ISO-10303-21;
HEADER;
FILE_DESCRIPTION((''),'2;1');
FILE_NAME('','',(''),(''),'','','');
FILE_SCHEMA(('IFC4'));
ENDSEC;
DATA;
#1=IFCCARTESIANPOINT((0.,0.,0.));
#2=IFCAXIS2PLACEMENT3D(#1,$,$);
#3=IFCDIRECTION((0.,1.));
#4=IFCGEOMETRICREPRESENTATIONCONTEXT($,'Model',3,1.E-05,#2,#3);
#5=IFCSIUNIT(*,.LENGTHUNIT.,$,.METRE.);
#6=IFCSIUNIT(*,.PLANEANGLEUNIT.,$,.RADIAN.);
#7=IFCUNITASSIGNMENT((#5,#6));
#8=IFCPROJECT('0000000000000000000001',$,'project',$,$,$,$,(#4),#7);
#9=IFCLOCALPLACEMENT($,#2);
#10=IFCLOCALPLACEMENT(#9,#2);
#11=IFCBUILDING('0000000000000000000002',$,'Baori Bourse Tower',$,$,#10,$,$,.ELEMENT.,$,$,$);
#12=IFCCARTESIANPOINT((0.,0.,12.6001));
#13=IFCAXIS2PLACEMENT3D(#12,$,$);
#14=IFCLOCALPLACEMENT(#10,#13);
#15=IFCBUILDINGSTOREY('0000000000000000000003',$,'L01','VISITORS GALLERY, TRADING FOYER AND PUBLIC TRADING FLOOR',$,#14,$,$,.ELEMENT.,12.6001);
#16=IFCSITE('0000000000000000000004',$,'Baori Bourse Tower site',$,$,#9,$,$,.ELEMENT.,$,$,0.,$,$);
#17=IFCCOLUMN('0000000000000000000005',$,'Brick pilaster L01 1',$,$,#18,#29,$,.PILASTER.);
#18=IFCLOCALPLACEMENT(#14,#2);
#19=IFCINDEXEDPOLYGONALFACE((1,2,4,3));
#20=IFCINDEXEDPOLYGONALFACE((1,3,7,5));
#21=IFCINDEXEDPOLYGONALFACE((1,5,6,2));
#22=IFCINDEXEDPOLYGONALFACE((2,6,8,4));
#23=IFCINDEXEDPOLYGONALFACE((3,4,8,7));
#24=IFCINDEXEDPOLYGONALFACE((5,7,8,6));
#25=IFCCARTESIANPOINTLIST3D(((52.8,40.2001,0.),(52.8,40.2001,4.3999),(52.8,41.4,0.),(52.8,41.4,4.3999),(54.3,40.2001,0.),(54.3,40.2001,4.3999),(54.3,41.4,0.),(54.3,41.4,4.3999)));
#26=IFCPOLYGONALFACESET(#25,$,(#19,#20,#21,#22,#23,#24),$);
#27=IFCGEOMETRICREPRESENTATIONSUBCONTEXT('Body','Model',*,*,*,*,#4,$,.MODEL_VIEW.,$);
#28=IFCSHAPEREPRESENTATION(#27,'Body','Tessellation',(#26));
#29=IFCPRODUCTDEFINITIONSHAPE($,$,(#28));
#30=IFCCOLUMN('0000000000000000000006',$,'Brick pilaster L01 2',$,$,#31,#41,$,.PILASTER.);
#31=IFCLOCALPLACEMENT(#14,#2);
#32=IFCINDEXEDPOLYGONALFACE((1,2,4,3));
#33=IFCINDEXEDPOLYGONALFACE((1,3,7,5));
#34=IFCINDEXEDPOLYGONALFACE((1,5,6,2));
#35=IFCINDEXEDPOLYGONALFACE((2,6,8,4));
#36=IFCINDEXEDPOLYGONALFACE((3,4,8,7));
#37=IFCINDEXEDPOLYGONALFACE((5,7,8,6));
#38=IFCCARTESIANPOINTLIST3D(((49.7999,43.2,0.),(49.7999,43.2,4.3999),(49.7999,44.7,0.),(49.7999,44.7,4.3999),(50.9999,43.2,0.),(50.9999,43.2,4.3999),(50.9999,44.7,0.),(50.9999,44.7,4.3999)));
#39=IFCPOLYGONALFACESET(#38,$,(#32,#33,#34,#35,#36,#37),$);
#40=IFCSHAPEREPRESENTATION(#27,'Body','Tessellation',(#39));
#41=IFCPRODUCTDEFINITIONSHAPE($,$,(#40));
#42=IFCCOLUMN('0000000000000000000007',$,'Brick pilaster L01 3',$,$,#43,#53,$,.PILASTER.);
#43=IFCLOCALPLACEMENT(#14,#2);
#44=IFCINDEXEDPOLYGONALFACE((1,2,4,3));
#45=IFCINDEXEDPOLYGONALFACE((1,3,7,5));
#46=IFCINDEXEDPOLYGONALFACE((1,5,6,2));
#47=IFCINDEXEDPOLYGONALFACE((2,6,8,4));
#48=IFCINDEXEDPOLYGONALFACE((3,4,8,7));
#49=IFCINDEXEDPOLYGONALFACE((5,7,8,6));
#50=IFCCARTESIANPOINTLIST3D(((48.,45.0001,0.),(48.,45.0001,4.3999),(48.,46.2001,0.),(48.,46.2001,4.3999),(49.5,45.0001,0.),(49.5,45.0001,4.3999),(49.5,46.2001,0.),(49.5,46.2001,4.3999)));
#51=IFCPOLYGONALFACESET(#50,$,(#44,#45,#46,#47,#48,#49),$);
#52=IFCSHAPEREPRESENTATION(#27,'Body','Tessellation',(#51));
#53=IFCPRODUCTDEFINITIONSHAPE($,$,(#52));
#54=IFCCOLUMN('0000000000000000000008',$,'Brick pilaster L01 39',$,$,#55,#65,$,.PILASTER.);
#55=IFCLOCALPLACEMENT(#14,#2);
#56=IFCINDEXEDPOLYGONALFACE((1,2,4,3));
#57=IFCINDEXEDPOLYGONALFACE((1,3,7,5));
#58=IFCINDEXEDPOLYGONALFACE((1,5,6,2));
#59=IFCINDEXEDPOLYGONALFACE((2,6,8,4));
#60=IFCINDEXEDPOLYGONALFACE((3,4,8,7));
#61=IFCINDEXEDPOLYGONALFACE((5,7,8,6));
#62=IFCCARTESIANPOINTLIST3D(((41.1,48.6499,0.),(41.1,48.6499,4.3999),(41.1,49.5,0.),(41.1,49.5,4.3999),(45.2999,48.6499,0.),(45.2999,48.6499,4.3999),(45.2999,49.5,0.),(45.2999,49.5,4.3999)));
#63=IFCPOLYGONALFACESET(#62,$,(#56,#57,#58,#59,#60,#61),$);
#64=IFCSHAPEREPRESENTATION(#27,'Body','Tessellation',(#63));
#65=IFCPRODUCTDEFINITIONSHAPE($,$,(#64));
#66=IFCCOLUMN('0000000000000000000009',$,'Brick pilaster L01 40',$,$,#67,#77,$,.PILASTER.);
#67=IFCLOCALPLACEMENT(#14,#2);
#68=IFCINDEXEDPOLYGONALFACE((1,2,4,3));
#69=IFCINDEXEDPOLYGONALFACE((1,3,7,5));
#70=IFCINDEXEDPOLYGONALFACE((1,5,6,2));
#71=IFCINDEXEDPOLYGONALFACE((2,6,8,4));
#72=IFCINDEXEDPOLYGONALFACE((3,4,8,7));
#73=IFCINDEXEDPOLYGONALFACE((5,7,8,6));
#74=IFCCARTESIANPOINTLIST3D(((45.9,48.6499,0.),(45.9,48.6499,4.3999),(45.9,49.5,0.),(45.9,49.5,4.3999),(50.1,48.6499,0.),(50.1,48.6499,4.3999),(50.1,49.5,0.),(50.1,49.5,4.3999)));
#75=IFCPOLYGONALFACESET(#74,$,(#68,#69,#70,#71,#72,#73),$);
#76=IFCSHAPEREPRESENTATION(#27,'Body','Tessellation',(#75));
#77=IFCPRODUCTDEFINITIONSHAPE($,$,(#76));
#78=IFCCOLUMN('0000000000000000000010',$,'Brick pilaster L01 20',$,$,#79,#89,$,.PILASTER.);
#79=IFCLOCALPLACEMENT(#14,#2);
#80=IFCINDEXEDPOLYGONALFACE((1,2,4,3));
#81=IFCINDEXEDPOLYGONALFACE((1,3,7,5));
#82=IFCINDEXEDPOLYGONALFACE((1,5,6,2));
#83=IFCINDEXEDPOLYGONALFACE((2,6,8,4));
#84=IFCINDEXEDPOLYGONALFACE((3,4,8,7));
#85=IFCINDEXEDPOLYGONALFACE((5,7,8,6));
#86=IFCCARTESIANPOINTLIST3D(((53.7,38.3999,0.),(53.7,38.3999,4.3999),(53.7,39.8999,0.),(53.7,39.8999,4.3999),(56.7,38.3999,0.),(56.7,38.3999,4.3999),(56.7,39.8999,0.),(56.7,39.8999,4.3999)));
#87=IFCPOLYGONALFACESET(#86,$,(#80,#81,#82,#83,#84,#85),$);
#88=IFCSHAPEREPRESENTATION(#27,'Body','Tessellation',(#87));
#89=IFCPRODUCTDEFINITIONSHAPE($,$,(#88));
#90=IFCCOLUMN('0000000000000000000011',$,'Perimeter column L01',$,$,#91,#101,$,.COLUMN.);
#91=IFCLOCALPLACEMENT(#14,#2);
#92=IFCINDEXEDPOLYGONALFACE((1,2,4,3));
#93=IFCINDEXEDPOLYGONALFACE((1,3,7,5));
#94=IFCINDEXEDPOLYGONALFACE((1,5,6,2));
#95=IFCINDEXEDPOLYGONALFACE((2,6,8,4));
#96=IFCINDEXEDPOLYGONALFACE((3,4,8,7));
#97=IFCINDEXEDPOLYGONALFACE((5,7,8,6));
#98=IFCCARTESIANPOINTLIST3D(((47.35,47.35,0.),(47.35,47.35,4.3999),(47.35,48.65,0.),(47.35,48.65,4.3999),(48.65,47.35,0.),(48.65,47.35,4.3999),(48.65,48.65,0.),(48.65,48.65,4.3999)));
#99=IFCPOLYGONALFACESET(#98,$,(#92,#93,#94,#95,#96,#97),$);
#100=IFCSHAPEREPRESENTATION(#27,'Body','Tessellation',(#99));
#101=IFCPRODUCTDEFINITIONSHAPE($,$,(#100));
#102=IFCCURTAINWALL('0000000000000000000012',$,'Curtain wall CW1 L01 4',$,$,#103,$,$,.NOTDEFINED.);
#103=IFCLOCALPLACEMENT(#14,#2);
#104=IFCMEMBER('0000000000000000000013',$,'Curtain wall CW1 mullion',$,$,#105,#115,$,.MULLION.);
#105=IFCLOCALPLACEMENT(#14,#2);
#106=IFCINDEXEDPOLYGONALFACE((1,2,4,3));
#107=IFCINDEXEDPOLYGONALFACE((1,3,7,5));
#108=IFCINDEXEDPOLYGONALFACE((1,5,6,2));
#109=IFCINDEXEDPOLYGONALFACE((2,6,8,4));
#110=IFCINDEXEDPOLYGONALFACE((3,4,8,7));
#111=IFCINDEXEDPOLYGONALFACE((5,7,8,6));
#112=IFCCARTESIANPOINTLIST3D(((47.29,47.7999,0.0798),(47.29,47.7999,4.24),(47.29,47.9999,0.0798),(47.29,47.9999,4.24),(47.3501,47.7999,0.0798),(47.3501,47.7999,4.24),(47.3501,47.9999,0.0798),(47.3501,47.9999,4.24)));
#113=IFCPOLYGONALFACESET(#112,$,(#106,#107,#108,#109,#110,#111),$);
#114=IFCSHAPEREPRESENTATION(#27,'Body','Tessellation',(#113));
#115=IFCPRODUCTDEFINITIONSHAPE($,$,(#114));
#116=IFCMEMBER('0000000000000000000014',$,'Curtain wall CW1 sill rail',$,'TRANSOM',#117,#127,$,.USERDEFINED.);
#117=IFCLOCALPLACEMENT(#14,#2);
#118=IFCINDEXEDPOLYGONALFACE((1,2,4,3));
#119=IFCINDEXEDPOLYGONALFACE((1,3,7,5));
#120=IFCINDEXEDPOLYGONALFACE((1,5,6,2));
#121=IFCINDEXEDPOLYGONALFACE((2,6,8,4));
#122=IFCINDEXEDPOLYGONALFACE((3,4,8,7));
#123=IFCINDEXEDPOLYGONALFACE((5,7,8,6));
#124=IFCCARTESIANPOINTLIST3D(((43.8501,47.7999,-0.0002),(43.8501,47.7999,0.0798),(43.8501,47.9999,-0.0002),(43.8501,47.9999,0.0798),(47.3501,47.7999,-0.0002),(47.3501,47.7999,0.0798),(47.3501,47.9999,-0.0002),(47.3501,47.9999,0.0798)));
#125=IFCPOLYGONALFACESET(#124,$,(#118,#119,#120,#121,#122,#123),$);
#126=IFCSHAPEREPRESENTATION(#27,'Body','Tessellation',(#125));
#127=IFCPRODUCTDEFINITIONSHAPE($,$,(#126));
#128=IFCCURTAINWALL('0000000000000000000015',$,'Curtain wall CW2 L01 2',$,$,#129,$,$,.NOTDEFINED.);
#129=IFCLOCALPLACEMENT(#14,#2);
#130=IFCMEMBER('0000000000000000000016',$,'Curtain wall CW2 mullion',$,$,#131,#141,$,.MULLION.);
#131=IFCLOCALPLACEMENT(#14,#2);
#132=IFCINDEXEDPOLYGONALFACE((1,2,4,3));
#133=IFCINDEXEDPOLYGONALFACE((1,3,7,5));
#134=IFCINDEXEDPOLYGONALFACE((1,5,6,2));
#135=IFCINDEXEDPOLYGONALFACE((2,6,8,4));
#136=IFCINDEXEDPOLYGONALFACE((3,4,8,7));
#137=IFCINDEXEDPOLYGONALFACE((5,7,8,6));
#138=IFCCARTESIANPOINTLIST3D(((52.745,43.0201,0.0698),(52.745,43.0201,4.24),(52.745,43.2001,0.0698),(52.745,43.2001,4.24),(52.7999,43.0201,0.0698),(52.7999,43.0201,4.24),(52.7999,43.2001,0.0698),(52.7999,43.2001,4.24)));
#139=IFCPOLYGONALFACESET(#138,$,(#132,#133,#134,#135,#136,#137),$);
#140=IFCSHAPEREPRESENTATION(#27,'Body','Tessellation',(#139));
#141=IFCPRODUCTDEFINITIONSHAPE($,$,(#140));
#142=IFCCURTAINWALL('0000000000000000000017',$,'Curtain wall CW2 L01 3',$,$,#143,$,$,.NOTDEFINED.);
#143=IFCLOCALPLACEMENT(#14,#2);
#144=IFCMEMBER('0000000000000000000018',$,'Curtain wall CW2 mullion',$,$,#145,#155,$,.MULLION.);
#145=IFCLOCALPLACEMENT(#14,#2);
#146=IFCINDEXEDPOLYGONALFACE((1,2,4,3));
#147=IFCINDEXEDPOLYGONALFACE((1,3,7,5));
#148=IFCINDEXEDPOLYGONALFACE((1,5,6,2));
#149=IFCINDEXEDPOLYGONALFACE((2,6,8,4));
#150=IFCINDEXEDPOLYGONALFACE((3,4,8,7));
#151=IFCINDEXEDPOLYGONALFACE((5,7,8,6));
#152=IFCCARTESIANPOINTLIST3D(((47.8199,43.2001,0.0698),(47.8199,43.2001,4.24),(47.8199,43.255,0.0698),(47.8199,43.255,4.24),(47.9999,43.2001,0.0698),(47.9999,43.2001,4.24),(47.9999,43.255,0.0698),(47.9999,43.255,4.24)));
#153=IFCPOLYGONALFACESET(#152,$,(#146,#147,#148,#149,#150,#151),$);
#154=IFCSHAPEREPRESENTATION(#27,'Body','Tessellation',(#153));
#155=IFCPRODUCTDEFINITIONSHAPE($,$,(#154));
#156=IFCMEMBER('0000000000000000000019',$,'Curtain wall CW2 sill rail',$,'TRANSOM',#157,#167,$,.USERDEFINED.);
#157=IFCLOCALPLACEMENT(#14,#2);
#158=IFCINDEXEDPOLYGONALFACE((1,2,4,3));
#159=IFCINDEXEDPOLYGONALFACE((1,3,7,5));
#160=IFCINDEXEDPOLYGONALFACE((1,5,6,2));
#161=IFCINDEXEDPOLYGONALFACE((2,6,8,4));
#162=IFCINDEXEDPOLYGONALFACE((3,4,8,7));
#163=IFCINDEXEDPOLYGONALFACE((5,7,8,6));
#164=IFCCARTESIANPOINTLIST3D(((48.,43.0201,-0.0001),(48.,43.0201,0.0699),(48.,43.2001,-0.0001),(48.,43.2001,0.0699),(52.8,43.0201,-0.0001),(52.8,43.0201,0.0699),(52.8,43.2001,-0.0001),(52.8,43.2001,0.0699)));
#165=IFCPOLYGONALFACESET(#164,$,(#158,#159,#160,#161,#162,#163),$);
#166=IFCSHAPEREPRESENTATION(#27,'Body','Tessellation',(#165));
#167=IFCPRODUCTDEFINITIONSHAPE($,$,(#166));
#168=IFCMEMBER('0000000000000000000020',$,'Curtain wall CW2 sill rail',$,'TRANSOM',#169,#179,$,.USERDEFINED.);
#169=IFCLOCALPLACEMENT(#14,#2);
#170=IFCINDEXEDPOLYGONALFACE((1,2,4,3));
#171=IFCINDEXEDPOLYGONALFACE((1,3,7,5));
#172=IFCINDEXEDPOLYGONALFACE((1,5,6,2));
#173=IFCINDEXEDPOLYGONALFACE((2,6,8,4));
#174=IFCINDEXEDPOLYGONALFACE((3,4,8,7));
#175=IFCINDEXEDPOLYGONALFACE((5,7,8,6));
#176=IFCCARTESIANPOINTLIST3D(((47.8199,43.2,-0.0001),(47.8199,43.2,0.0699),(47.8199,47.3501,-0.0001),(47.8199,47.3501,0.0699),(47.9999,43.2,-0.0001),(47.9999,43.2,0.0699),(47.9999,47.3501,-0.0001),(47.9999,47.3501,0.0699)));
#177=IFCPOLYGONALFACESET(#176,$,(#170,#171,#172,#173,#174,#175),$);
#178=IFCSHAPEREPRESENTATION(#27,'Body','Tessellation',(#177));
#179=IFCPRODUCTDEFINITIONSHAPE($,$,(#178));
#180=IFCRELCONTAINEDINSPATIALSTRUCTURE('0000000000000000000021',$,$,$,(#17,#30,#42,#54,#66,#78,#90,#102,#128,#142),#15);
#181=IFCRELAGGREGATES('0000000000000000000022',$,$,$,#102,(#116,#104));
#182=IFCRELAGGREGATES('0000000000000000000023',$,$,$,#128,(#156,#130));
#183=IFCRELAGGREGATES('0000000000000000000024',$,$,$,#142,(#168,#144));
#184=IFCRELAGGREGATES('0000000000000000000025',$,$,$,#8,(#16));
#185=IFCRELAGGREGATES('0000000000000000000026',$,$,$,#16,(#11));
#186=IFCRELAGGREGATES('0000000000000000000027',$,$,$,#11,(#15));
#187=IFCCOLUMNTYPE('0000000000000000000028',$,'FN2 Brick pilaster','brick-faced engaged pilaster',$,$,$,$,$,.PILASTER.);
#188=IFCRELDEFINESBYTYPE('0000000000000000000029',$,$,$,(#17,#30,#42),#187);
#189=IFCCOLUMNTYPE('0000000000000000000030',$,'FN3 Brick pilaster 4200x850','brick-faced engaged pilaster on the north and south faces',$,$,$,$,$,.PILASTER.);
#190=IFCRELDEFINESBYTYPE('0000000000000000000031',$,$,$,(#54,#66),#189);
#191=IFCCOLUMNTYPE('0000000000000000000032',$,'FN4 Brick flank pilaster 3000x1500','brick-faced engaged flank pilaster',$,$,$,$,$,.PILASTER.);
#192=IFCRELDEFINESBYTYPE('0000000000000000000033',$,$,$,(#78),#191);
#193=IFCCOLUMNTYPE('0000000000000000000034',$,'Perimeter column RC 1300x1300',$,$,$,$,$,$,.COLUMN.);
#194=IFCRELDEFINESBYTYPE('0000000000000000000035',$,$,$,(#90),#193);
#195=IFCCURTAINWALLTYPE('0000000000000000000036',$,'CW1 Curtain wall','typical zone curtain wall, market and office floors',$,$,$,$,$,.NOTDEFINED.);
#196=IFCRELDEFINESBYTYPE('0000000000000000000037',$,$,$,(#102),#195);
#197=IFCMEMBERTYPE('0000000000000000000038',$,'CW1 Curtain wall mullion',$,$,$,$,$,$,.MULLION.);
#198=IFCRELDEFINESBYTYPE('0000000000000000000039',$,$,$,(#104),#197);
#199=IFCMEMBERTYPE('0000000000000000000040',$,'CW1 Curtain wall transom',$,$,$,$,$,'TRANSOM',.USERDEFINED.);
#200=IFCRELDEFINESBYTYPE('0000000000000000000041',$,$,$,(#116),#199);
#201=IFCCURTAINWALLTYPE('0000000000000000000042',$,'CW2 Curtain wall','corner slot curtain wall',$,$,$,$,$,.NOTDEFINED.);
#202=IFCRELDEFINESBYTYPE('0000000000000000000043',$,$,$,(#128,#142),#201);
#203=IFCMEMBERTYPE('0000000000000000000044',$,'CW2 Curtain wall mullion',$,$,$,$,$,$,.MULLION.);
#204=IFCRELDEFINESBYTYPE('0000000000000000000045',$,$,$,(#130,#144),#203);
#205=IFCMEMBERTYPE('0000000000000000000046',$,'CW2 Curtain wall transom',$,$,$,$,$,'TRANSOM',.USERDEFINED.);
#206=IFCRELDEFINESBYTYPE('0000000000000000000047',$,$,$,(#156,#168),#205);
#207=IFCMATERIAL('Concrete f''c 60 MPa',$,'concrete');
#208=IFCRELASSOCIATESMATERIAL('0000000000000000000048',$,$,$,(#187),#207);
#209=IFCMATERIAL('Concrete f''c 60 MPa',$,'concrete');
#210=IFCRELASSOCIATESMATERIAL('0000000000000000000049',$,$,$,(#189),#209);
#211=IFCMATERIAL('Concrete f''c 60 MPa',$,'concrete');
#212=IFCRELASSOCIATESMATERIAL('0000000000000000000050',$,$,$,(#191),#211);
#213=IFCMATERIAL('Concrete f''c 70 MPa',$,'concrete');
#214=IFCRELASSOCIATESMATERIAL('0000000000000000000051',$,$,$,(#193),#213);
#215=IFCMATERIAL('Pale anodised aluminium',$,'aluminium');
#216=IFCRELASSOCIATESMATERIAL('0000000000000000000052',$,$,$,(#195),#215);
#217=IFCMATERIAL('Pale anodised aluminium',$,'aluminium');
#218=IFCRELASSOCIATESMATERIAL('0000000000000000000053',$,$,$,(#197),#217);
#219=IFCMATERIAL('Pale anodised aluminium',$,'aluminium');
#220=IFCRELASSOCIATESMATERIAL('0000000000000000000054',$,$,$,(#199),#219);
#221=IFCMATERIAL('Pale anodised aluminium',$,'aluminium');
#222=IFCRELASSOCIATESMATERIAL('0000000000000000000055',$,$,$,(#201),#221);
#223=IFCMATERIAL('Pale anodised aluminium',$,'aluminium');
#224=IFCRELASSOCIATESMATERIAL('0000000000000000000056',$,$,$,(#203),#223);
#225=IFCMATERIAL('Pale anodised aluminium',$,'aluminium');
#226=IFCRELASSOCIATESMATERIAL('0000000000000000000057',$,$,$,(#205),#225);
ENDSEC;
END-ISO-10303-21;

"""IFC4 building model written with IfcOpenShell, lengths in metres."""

from ifc_helpers import new_model, si_unit, direction, frame, origin, origin_2d, place, context, subcontext, project, spatial, rectangle, extrude, material, material_profile, profile_set, type_object, element, aggregate, save


model = new_model("IFC4")

# Units and contexts
model_context = context("Model", 3, precision=1e-05, world=origin(), true_north=direction((0.0, 1.0)))
body_context = subcontext(model_context, "Body", "Model", "MODEL_VIEW")
ifc_project = project(units=[si_unit("LENGTHUNIT", "METRE"), si_unit("PLANEANGLEUNIT", "RADIAN")], contexts=[model_context])

# Site, building, storey
site_placement = place(None, origin())
site = spatial("IfcSite", under=ifc_project, at=site_placement, Name="Baori Bourse Tower site", CompositionType="ELEMENT", RefElevation=0.0)
building_placement = place(site_placement, origin())
building = spatial("IfcBuilding", under=site, at=building_placement, Name="Baori Bourse Tower", CompositionType="ELEMENT")
storey_placement = place(building_placement, frame((0.0, 0.0, 12.6001)))
storey = spatial("IfcBuildingStorey", under=building, at=storey_placement, Name="L01", Description="VISITORS GALLERY, TRADING FOYER AND PUBLIC TRADING FLOOR", CompositionType="ELEMENT", Elevation=12.6001)

# Columns
ifc_material_1 = material(Name="Concrete f'c 60 MPa", Category="concrete")
ifc_material_profile_1 = material_profile(ifc_material_1, rectangle(XDim=1.2, YDim=1.5, at=origin_2d()), Name="RC 1200x1500")
ifc_profile_set_1 = profile_set([ifc_material_profile_1], Name="Concrete f'c 60 MPa")
column_type_1 = type_object("IfcColumnType", Name="FN2 Brick pilaster", Description="brick-faced engaged pilaster", PredefinedType="PILASTER", material=ifc_profile_set_1)
for number, where, z_axis, x_axis, name in (
    (1, (53.55, 40.8, 0.0), (0.0, 0.0, 1.0), (0.0, 1.0, 0.0), "Brick pilaster L01 1"),
    (2, (50.3999, 43.95, 0.0), (0.0, 0.0, 1.0), (1.0, 0.0, 0.0), "Brick pilaster L01 2"),
    (3, (48.75, 45.6001, 0.0), (0.0, 0.0, 1.0), (0.0, 1.0, 0.0), "Brick pilaster L01 3"),
):
    element("IfcColumn", number, at=place(storey_placement, frame(where, z_axis=z_axis, x_axis=x_axis)), inside=storey, type_object=column_type_1, Name=name, PredefinedType="PILASTER", context=body_context, shape_type="SweptSolid", body=[
        extrude(rectangle(XDim=1.2, YDim=1.5, at=origin_2d()), origin(), (0.0, 0.0, 1.0), 4.3999),
    ])
ifc_material_2 = material(Name="Concrete f'c 60 MPa", Category="concrete")
ifc_material_profile_2 = material_profile(ifc_material_2, rectangle(XDim=4.2, YDim=0.8501, at=origin_2d()), Name="RC 4200x850")
ifc_profile_set_2 = profile_set([ifc_material_profile_2], Name="Concrete f'c 60 MPa")
column_type_2 = type_object("IfcColumnType", Name="FN3 Brick pilaster 4200x850", Description="brick-faced engaged pilaster on the north and south faces", PredefinedType="PILASTER", material=ifc_profile_set_2)
for number, where, z_axis, x_axis, name in (
    (4, (43.2, 49.075, 0.0), (0.0, 0.0, 1.0), (1.0, 0.0, 0.0), "Brick pilaster L01 39"),
    (5, (48.0, 49.075, 0.0), (0.0, 0.0, 1.0), (1.0, 0.0, 0.0), "Brick pilaster L01 40"),
):
    element("IfcColumn", number, at=place(storey_placement, frame(where, z_axis=z_axis, x_axis=x_axis)), inside=storey, type_object=column_type_2, Name=name, PredefinedType="PILASTER", context=body_context, shape_type="SweptSolid", body=[
        extrude(rectangle(XDim=4.2, YDim=0.8501, at=origin_2d()), origin(), (0.0, 0.0, 1.0), 4.3999),
    ])
ifc_material_3 = material(Name="Concrete f'c 60 MPa", Category="concrete")
ifc_material_profile_3 = material_profile(ifc_material_3, rectangle(XDim=3.0, YDim=1.5, at=origin_2d()), Name="RC 3000x1500")
ifc_profile_set_3 = profile_set([ifc_material_profile_3], Name="Concrete f'c 60 MPa")
column_type_3 = type_object("IfcColumnType", Name="FN4 Brick flank pilaster 3000x1500", Description="brick-faced engaged flank pilaster", PredefinedType="PILASTER", material=ifc_profile_set_3)
column_1_placement = place(storey_placement, frame((55.2, 39.1499, 0.0), z_axis=(0.0, 0.0, 1.0), x_axis=(1.0, 0.0, 0.0)))
element("IfcColumn", 6, at=column_1_placement, inside=storey, type_object=column_type_3, Name="Brick pilaster L01 20", PredefinedType="PILASTER", context=body_context, shape_type="SweptSolid", body=[
    extrude(rectangle(XDim=3.0, YDim=1.5, at=origin_2d()), origin(), (0.0, 0.0, 1.0), 4.3999),
])
ifc_material_4 = material(Name="Concrete f'c 70 MPa", Category="concrete")
ifc_material_profile_4 = material_profile(ifc_material_4, rectangle(XDim=1.3, YDim=1.3, at=origin_2d()), Name="RC 1300x1300")
ifc_profile_set_4 = profile_set([ifc_material_profile_4], Name="Concrete f'c 70 MPa")
column_type_4 = type_object("IfcColumnType", Name="Perimeter column RC 1300x1300", PredefinedType="COLUMN", material=ifc_profile_set_4)
column_2_placement = place(storey_placement, frame((48.0, 48.0, 0.0), z_axis=(0.0, 0.0, 1.0), x_axis=(1.0, 0.0, 0.0)))
element("IfcColumn", 7, at=column_2_placement, inside=storey, type_object=column_type_4, Name="Perimeter column L01", PredefinedType="COLUMN", context=body_context, shape_type="SweptSolid", body=[
    extrude(rectangle(XDim=1.3, YDim=1.3, at=origin_2d()), origin(), (0.0, 0.0, 1.0), 4.3999),
])

# Curtain wall, members
ifc_material_5 = material(Name="Pale anodised aluminium", Category="aluminium")
curtain_wall_type_1 = type_object("IfcCurtainWallType", Name="CW1 Curtain wall", Description="typical zone curtain wall, market and office floors", PredefinedType="NOTDEFINED", material=ifc_material_5)
curtain_wall_1_placement = place(storey_placement, origin())
curtain_wall_1 = element("IfcCurtainWall", 8, at=curtain_wall_1_placement, inside=storey, type_object=curtain_wall_type_1, Name="Curtain wall CW1 L01 4", PredefinedType="NOTDEFINED")
ifc_material_6 = material(Name="Pale anodised aluminium", Category="aluminium")
ifc_material_profile_5 = material_profile(ifc_material_6, rectangle(XDim=0.2, YDim=0.0601, at=origin_2d()), Name="Mullion 60x200")
ifc_profile_set_5 = profile_set([ifc_material_profile_5], Name="Pale anodised aluminium")
member_type_1 = type_object("IfcMemberType", Name="CW1 Curtain wall mullion", PredefinedType="MULLION", material=ifc_profile_set_5)
member_1_placement = place(storey_placement, frame((47.3201, 47.8999, 0.0798), z_axis=(0.0, 0.0, 1.0), x_axis=(0.0, -1.0, 0.0)))
member_1 = element("IfcMember", 9, at=member_1_placement, type_object=member_type_1, Name="Curtain wall CW1 mullion", PredefinedType="MULLION", context=body_context, shape_type="SweptSolid", body=[
    extrude(rectangle(XDim=0.2, YDim=0.0601, at=origin_2d()), origin(), (0.0, 0.0, 1.0), 4.1602),
])
ifc_material_7 = material(Name="Pale anodised aluminium", Category="aluminium")
ifc_material_profile_6 = material_profile(ifc_material_7, rectangle(XDim=0.2, YDim=0.0801, at=origin_2d()), Name="Transom 80x200")
ifc_profile_set_6 = profile_set([ifc_material_profile_6], Name="Pale anodised aluminium")
member_type_2 = type_object("IfcMemberType", Name="CW1 Curtain wall transom", ElementType="TRANSOM", PredefinedType="USERDEFINED", material=ifc_profile_set_6)
member_2_placement = place(storey_placement, frame((47.3501, 47.8999, 0.0398), z_axis=(-1.0, 0.0, 0.0), x_axis=(0.0, -1.0, 0.0)))
member_2 = element("IfcMember", 10, at=member_2_placement, type_object=member_type_2, Name="Curtain wall CW1 sill rail", ObjectType="TRANSOM", PredefinedType="USERDEFINED", context=body_context, shape_type="SweptSolid", body=[
    extrude(rectangle(XDim=0.2, YDim=0.0801, at=origin_2d()), origin(), (0.0, 0.0, 1.0), 3.5),
])

# Curtain walls, members
ifc_material_8 = material(Name="Pale anodised aluminium", Category="aluminium")
curtain_wall_type_2 = type_object("IfcCurtainWallType", Name="CW2 Curtain wall", Description="corner slot curtain wall", PredefinedType="NOTDEFINED", material=ifc_material_8)
curtain_wall_2_placement = place(storey_placement, origin())
curtain_wall_2 = element("IfcCurtainWall", 11, at=curtain_wall_2_placement, inside=storey, type_object=curtain_wall_type_2, Name="Curtain wall CW2 L01 2", PredefinedType="NOTDEFINED")
ifc_material_9 = material(Name="Pale anodised aluminium", Category="aluminium")
ifc_material_profile_7 = material_profile(ifc_material_9, rectangle(XDim=0.1799, YDim=0.0549, at=origin_2d()), Name="Mullion 55x180")
ifc_profile_set_7 = profile_set([ifc_material_profile_7], Name="Pale anodised aluminium")
member_type_3 = type_object("IfcMemberType", Name="CW2 Curtain wall mullion", PredefinedType="MULLION", material=ifc_profile_set_7)
member_3_placement = place(storey_placement, frame((52.7725, 43.1101, 0.0698), z_axis=(0.0, 0.0, 1.0), x_axis=(0.0, -1.0, 0.0)))
member_3 = element("IfcMember", 12, at=member_3_placement, type_object=member_type_3, Name="Curtain wall CW2 mullion", PredefinedType="MULLION", context=body_context, shape_type="SweptSolid", body=[
    extrude(rectangle(XDim=0.1799, YDim=0.0549, at=origin_2d()), origin(), (0.0, 0.0, 1.0), 4.1702),
])
curtain_wall_3_placement = place(storey_placement, origin())
curtain_wall_3 = element("IfcCurtainWall", 13, at=curtain_wall_3_placement, inside=storey, type_object=curtain_wall_type_2, Name="Curtain wall CW2 L01 3", PredefinedType="NOTDEFINED")
member_4_placement = place(storey_placement, frame((47.9099, 43.2275, 0.0698), z_axis=(0.0, 0.0, 1.0), x_axis=(-1.0, 0.0, 0.0)))
member_4 = element("IfcMember", 14, at=member_4_placement, type_object=member_type_3, Name="Curtain wall CW2 mullion", PredefinedType="MULLION", context=body_context, shape_type="SweptSolid", body=[
    extrude(rectangle(XDim=0.1799, YDim=0.0549, at=origin_2d()), origin(), (0.0, 0.0, 1.0), 4.1702),
])

# Members
ifc_material_10 = material(Name="Pale anodised aluminium", Category="aluminium")
ifc_material_profile_8 = material_profile(ifc_material_10, rectangle(XDim=0.1799, YDim=0.0701, at=origin_2d()), Name="Transom 70x180")
ifc_profile_set_8 = profile_set([ifc_material_profile_8], Name="Pale anodised aluminium")
member_type_4 = type_object("IfcMemberType", Name="CW2 Curtain wall transom", ElementType="TRANSOM", PredefinedType="USERDEFINED", material=ifc_profile_set_8)
member_5_placement = place(storey_placement, frame((52.8, 43.1101, 0.0349), z_axis=(-1.0, 0.0, 0.0), x_axis=(0.0, -1.0, 0.0)))
member_5 = element("IfcMember", 15, at=member_5_placement, type_object=member_type_4, Name="Curtain wall CW2 sill rail", ObjectType="TRANSOM", PredefinedType="USERDEFINED", context=body_context, shape_type="SweptSolid", body=[
    extrude(rectangle(XDim=0.1799, YDim=0.0701, at=origin_2d()), origin(), (0.0, 0.0, 1.0), 4.8),
])
member_6_placement = place(storey_placement, frame((47.9099, 43.2, 0.0349), z_axis=(0.0, 1.0, 0.0), x_axis=(-1.0, 0.0, 0.0)))
member_6 = element("IfcMember", 16, at=member_6_placement, type_object=member_type_4, Name="Curtain wall CW2 sill rail", ObjectType="TRANSOM", PredefinedType="USERDEFINED", context=body_context, shape_type="SweptSolid", body=[
    extrude(rectangle(XDim=0.1799, YDim=0.0701, at=origin_2d()), origin(), (0.0, 0.0, 1.0), 4.1501),
])

aggregate(curtain_wall_1, [member_2, member_1])

aggregate(curtain_wall_2, [member_5, member_3])
aggregate(curtain_wall_3, [member_6, member_4])

save(model, "model.ifc")
